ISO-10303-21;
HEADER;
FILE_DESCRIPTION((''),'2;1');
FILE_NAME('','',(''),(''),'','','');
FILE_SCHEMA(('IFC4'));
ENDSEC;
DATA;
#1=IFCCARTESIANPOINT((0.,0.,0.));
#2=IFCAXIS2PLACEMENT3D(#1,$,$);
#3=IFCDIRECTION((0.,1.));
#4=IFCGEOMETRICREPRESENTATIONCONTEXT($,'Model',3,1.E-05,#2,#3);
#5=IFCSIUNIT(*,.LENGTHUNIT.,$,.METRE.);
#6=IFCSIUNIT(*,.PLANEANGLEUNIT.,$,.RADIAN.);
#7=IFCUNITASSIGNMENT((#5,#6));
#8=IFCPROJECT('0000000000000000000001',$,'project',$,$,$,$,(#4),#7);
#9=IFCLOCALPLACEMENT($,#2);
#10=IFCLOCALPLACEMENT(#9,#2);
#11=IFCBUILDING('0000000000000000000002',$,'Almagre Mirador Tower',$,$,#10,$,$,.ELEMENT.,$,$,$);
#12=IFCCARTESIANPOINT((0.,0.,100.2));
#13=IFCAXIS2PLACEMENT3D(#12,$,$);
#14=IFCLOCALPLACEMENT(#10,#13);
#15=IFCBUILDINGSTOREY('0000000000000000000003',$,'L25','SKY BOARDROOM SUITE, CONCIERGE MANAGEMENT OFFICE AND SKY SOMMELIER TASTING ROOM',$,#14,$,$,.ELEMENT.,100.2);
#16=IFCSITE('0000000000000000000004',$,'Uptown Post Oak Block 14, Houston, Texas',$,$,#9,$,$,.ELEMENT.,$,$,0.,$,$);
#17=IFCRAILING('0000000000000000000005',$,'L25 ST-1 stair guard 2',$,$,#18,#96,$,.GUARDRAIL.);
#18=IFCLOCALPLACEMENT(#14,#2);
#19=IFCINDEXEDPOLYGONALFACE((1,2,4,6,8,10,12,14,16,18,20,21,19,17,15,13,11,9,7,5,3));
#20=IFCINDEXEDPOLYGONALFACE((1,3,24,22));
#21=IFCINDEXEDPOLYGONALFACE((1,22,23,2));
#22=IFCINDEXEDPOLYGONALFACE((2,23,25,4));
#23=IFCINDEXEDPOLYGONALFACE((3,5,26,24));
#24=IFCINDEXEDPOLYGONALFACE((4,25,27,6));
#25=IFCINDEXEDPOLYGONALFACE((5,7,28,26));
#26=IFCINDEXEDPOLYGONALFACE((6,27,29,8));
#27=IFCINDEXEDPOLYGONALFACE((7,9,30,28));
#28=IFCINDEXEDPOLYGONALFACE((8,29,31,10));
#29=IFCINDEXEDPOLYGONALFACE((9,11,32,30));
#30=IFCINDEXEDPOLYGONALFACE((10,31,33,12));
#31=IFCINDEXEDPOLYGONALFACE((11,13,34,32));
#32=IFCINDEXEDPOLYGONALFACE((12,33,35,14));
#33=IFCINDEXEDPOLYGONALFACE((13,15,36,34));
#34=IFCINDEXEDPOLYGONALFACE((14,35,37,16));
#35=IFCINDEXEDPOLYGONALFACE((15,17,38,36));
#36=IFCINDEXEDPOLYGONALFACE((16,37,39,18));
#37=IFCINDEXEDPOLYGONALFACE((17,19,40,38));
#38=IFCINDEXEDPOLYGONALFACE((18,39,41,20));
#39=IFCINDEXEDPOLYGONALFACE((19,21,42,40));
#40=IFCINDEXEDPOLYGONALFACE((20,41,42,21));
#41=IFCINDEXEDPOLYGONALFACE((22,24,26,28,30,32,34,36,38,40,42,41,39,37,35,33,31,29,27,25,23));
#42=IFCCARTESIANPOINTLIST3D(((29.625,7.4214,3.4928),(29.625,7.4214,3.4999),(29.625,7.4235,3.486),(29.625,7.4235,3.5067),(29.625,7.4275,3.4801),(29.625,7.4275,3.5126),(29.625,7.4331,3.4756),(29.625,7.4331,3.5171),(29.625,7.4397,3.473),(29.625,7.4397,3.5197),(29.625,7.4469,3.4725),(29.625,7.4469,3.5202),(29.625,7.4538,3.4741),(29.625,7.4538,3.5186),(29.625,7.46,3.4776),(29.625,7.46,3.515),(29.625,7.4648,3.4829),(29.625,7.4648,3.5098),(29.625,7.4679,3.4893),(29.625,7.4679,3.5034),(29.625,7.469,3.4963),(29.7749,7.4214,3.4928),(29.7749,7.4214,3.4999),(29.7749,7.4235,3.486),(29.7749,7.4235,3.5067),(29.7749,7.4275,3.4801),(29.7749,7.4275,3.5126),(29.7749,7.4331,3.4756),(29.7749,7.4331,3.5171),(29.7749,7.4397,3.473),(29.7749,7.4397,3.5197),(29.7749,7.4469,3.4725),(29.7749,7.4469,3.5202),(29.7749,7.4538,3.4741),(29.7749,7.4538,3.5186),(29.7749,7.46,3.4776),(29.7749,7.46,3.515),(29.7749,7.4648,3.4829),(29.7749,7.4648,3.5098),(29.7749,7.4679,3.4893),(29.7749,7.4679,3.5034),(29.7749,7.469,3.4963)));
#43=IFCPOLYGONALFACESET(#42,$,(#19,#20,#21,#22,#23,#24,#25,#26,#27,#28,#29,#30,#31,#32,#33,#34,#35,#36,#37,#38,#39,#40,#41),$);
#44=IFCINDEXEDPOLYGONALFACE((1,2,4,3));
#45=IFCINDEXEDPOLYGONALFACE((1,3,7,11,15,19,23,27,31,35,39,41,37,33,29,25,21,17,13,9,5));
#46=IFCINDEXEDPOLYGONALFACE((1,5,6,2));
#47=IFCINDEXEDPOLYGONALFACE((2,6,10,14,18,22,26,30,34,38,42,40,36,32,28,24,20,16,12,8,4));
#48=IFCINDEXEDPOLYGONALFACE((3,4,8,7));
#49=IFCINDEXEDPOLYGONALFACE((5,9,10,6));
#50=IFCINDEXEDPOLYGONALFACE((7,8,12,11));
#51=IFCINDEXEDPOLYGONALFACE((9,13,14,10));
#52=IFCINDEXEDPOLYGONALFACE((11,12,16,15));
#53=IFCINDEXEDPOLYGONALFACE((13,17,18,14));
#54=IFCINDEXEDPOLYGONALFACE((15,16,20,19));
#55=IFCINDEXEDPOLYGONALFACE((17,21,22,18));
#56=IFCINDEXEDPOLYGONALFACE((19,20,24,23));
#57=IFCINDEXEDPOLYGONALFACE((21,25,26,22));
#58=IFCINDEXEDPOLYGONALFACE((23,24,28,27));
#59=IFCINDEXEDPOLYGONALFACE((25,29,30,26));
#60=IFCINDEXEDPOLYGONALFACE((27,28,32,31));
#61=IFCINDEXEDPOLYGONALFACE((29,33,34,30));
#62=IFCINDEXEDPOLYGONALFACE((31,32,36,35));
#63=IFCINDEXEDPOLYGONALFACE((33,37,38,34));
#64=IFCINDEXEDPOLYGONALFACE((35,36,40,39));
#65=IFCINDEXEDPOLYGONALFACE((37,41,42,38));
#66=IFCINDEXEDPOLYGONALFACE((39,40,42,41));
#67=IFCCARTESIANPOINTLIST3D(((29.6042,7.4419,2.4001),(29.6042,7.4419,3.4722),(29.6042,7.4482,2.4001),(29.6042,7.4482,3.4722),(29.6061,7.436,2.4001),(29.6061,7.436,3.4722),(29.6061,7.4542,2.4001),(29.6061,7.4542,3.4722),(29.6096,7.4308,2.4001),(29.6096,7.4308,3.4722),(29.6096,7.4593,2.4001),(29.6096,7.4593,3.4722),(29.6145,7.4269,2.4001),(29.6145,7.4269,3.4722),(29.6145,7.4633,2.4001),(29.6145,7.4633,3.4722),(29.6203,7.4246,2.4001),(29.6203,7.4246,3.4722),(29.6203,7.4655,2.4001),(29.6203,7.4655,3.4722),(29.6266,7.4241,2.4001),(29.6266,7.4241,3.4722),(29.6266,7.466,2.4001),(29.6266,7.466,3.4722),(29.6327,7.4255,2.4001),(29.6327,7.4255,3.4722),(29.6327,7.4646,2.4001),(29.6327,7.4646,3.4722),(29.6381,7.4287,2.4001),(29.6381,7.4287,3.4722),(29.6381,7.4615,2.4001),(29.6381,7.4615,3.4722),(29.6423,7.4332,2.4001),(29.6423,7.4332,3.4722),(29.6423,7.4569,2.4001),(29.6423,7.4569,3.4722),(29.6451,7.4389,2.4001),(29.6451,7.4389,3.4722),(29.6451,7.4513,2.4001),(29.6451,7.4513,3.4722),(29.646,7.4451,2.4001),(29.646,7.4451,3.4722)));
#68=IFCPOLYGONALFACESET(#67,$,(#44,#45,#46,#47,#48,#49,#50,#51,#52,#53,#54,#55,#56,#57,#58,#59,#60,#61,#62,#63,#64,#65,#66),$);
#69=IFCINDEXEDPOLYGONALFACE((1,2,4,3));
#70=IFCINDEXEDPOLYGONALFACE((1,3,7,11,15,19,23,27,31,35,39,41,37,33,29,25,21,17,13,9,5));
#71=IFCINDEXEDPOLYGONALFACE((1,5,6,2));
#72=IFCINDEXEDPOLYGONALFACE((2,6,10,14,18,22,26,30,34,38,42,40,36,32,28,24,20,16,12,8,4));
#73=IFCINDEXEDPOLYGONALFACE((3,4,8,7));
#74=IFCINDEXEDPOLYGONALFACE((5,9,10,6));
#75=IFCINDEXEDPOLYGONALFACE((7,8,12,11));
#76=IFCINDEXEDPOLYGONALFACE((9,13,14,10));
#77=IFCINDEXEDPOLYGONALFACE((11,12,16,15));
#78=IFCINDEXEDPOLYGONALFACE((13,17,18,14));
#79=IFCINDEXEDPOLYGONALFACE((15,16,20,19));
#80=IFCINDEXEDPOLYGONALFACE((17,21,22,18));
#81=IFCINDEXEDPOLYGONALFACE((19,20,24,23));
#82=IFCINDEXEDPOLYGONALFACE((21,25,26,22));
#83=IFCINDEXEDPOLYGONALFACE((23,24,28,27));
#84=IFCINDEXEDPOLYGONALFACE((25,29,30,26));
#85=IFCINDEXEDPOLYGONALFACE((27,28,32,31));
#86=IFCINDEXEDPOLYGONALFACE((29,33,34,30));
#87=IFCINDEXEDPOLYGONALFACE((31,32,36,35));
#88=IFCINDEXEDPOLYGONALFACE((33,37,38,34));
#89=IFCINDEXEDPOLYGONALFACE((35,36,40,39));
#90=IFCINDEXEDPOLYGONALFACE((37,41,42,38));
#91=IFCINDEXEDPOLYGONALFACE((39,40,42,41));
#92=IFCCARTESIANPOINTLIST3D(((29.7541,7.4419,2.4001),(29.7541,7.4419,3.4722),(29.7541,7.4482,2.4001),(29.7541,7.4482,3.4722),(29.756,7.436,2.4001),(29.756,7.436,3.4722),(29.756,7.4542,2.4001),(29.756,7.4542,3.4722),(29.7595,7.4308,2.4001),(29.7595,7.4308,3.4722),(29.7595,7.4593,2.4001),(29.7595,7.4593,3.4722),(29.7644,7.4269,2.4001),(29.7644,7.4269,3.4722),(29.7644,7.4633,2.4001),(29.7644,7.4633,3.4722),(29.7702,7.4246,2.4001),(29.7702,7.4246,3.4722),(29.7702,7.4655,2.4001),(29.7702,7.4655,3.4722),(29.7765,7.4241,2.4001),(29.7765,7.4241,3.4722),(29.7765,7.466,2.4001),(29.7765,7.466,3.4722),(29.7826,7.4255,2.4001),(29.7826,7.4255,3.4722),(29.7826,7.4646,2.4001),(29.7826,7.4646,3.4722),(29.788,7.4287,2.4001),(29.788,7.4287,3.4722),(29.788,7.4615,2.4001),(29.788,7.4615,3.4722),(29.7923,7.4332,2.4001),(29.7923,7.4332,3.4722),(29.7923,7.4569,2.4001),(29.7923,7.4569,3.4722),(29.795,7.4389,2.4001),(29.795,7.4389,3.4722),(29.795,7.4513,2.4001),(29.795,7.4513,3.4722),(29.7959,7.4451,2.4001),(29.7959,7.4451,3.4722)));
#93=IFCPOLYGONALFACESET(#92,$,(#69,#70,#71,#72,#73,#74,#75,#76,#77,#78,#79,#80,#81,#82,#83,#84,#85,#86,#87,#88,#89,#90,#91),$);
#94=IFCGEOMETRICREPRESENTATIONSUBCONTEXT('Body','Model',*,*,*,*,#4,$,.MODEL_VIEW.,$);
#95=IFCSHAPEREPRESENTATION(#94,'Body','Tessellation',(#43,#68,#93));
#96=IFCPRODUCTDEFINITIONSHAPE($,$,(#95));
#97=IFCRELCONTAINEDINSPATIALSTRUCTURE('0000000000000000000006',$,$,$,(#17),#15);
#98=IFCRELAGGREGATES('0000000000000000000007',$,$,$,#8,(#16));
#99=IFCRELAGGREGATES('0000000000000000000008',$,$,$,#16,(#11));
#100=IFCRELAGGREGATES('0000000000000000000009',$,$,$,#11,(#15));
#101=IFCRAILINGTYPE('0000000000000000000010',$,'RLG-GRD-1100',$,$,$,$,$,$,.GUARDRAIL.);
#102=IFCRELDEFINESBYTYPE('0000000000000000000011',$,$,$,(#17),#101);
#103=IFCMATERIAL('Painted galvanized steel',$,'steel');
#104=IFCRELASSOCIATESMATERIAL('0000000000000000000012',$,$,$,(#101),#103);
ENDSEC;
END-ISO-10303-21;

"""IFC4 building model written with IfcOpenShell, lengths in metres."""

from ifc_helpers import new_model, si_unit, direction, frame, origin, origin_2d, place, context, subcontext, project, spatial, circle, extrude, material, type_object, element, save


model = new_model("IFC4")

# Units and contexts
model_context = context("Model", 3, precision=1e-05, world=origin(), true_north=direction((0.0, 1.0)))
body_context = subcontext(model_context, "Body", "Model", "MODEL_VIEW")
ifc_project = project(units=[si_unit("LENGTHUNIT", "METRE"), si_unit("PLANEANGLEUNIT", "RADIAN")], contexts=[model_context])

# Site, building, storey
site_placement = place(None, origin())
site = spatial("IfcSite", under=ifc_project, at=site_placement, Name="Uptown Post Oak Block 14, Houston, Texas", CompositionType="ELEMENT", RefElevation=0.0)
building_placement = place(site_placement, origin())
building = spatial("IfcBuilding", under=site, at=building_placement, Name="Almagre Mirador Tower", CompositionType="ELEMENT")
storey_placement = place(building_placement, frame((0.0, 0.0, 100.2)))
storey = spatial("IfcBuildingStorey", under=building, at=storey_placement, Name="L25", Description="SKY BOARDROOM SUITE, CONCIERGE MANAGEMENT OFFICE AND SKY SOMMELIER TASTING ROOM", CompositionType="ELEMENT", Elevation=100.2)

# Railing
ifc_material_1 = material(Name="Painted galvanized steel", Category="steel")
railing_type_1 = type_object("IfcRailingType", Name="RLG-GRD-1100", PredefinedType="GUARDRAIL", material=ifc_material_1)
railing_1_placement = place(storey_placement, frame((29.625, 7.4451, 2.4001)))
element("IfcRailing", 1, at=railing_1_placement, inside=storey, type_object=railing_type_1, Name="L25 ST-1 stair guard 2", PredefinedType="GUARDRAIL", context=body_context, shape_type="SweptSolid", body=[
    extrude(circle(Radius=0.0239, at=origin_2d()), frame((0.0, 0.0, 1.0962), z_axis=(1.0, 0.0, 0.0), x_axis=(0.0, 1.0, 0.0)), (0.0, 0.0, 1.0), 0.1499),
    extrude(circle(Radius=0.021, at=origin_2d()), origin(), (0.0, 0.0, 1.0), 1.072),
    extrude(circle(Radius=0.021, at=origin_2d()), frame((0.1499, 0.0, 0.0)), (0.0, 0.0, 1.0), 1.072),
])

save(model, "model.ifc")
